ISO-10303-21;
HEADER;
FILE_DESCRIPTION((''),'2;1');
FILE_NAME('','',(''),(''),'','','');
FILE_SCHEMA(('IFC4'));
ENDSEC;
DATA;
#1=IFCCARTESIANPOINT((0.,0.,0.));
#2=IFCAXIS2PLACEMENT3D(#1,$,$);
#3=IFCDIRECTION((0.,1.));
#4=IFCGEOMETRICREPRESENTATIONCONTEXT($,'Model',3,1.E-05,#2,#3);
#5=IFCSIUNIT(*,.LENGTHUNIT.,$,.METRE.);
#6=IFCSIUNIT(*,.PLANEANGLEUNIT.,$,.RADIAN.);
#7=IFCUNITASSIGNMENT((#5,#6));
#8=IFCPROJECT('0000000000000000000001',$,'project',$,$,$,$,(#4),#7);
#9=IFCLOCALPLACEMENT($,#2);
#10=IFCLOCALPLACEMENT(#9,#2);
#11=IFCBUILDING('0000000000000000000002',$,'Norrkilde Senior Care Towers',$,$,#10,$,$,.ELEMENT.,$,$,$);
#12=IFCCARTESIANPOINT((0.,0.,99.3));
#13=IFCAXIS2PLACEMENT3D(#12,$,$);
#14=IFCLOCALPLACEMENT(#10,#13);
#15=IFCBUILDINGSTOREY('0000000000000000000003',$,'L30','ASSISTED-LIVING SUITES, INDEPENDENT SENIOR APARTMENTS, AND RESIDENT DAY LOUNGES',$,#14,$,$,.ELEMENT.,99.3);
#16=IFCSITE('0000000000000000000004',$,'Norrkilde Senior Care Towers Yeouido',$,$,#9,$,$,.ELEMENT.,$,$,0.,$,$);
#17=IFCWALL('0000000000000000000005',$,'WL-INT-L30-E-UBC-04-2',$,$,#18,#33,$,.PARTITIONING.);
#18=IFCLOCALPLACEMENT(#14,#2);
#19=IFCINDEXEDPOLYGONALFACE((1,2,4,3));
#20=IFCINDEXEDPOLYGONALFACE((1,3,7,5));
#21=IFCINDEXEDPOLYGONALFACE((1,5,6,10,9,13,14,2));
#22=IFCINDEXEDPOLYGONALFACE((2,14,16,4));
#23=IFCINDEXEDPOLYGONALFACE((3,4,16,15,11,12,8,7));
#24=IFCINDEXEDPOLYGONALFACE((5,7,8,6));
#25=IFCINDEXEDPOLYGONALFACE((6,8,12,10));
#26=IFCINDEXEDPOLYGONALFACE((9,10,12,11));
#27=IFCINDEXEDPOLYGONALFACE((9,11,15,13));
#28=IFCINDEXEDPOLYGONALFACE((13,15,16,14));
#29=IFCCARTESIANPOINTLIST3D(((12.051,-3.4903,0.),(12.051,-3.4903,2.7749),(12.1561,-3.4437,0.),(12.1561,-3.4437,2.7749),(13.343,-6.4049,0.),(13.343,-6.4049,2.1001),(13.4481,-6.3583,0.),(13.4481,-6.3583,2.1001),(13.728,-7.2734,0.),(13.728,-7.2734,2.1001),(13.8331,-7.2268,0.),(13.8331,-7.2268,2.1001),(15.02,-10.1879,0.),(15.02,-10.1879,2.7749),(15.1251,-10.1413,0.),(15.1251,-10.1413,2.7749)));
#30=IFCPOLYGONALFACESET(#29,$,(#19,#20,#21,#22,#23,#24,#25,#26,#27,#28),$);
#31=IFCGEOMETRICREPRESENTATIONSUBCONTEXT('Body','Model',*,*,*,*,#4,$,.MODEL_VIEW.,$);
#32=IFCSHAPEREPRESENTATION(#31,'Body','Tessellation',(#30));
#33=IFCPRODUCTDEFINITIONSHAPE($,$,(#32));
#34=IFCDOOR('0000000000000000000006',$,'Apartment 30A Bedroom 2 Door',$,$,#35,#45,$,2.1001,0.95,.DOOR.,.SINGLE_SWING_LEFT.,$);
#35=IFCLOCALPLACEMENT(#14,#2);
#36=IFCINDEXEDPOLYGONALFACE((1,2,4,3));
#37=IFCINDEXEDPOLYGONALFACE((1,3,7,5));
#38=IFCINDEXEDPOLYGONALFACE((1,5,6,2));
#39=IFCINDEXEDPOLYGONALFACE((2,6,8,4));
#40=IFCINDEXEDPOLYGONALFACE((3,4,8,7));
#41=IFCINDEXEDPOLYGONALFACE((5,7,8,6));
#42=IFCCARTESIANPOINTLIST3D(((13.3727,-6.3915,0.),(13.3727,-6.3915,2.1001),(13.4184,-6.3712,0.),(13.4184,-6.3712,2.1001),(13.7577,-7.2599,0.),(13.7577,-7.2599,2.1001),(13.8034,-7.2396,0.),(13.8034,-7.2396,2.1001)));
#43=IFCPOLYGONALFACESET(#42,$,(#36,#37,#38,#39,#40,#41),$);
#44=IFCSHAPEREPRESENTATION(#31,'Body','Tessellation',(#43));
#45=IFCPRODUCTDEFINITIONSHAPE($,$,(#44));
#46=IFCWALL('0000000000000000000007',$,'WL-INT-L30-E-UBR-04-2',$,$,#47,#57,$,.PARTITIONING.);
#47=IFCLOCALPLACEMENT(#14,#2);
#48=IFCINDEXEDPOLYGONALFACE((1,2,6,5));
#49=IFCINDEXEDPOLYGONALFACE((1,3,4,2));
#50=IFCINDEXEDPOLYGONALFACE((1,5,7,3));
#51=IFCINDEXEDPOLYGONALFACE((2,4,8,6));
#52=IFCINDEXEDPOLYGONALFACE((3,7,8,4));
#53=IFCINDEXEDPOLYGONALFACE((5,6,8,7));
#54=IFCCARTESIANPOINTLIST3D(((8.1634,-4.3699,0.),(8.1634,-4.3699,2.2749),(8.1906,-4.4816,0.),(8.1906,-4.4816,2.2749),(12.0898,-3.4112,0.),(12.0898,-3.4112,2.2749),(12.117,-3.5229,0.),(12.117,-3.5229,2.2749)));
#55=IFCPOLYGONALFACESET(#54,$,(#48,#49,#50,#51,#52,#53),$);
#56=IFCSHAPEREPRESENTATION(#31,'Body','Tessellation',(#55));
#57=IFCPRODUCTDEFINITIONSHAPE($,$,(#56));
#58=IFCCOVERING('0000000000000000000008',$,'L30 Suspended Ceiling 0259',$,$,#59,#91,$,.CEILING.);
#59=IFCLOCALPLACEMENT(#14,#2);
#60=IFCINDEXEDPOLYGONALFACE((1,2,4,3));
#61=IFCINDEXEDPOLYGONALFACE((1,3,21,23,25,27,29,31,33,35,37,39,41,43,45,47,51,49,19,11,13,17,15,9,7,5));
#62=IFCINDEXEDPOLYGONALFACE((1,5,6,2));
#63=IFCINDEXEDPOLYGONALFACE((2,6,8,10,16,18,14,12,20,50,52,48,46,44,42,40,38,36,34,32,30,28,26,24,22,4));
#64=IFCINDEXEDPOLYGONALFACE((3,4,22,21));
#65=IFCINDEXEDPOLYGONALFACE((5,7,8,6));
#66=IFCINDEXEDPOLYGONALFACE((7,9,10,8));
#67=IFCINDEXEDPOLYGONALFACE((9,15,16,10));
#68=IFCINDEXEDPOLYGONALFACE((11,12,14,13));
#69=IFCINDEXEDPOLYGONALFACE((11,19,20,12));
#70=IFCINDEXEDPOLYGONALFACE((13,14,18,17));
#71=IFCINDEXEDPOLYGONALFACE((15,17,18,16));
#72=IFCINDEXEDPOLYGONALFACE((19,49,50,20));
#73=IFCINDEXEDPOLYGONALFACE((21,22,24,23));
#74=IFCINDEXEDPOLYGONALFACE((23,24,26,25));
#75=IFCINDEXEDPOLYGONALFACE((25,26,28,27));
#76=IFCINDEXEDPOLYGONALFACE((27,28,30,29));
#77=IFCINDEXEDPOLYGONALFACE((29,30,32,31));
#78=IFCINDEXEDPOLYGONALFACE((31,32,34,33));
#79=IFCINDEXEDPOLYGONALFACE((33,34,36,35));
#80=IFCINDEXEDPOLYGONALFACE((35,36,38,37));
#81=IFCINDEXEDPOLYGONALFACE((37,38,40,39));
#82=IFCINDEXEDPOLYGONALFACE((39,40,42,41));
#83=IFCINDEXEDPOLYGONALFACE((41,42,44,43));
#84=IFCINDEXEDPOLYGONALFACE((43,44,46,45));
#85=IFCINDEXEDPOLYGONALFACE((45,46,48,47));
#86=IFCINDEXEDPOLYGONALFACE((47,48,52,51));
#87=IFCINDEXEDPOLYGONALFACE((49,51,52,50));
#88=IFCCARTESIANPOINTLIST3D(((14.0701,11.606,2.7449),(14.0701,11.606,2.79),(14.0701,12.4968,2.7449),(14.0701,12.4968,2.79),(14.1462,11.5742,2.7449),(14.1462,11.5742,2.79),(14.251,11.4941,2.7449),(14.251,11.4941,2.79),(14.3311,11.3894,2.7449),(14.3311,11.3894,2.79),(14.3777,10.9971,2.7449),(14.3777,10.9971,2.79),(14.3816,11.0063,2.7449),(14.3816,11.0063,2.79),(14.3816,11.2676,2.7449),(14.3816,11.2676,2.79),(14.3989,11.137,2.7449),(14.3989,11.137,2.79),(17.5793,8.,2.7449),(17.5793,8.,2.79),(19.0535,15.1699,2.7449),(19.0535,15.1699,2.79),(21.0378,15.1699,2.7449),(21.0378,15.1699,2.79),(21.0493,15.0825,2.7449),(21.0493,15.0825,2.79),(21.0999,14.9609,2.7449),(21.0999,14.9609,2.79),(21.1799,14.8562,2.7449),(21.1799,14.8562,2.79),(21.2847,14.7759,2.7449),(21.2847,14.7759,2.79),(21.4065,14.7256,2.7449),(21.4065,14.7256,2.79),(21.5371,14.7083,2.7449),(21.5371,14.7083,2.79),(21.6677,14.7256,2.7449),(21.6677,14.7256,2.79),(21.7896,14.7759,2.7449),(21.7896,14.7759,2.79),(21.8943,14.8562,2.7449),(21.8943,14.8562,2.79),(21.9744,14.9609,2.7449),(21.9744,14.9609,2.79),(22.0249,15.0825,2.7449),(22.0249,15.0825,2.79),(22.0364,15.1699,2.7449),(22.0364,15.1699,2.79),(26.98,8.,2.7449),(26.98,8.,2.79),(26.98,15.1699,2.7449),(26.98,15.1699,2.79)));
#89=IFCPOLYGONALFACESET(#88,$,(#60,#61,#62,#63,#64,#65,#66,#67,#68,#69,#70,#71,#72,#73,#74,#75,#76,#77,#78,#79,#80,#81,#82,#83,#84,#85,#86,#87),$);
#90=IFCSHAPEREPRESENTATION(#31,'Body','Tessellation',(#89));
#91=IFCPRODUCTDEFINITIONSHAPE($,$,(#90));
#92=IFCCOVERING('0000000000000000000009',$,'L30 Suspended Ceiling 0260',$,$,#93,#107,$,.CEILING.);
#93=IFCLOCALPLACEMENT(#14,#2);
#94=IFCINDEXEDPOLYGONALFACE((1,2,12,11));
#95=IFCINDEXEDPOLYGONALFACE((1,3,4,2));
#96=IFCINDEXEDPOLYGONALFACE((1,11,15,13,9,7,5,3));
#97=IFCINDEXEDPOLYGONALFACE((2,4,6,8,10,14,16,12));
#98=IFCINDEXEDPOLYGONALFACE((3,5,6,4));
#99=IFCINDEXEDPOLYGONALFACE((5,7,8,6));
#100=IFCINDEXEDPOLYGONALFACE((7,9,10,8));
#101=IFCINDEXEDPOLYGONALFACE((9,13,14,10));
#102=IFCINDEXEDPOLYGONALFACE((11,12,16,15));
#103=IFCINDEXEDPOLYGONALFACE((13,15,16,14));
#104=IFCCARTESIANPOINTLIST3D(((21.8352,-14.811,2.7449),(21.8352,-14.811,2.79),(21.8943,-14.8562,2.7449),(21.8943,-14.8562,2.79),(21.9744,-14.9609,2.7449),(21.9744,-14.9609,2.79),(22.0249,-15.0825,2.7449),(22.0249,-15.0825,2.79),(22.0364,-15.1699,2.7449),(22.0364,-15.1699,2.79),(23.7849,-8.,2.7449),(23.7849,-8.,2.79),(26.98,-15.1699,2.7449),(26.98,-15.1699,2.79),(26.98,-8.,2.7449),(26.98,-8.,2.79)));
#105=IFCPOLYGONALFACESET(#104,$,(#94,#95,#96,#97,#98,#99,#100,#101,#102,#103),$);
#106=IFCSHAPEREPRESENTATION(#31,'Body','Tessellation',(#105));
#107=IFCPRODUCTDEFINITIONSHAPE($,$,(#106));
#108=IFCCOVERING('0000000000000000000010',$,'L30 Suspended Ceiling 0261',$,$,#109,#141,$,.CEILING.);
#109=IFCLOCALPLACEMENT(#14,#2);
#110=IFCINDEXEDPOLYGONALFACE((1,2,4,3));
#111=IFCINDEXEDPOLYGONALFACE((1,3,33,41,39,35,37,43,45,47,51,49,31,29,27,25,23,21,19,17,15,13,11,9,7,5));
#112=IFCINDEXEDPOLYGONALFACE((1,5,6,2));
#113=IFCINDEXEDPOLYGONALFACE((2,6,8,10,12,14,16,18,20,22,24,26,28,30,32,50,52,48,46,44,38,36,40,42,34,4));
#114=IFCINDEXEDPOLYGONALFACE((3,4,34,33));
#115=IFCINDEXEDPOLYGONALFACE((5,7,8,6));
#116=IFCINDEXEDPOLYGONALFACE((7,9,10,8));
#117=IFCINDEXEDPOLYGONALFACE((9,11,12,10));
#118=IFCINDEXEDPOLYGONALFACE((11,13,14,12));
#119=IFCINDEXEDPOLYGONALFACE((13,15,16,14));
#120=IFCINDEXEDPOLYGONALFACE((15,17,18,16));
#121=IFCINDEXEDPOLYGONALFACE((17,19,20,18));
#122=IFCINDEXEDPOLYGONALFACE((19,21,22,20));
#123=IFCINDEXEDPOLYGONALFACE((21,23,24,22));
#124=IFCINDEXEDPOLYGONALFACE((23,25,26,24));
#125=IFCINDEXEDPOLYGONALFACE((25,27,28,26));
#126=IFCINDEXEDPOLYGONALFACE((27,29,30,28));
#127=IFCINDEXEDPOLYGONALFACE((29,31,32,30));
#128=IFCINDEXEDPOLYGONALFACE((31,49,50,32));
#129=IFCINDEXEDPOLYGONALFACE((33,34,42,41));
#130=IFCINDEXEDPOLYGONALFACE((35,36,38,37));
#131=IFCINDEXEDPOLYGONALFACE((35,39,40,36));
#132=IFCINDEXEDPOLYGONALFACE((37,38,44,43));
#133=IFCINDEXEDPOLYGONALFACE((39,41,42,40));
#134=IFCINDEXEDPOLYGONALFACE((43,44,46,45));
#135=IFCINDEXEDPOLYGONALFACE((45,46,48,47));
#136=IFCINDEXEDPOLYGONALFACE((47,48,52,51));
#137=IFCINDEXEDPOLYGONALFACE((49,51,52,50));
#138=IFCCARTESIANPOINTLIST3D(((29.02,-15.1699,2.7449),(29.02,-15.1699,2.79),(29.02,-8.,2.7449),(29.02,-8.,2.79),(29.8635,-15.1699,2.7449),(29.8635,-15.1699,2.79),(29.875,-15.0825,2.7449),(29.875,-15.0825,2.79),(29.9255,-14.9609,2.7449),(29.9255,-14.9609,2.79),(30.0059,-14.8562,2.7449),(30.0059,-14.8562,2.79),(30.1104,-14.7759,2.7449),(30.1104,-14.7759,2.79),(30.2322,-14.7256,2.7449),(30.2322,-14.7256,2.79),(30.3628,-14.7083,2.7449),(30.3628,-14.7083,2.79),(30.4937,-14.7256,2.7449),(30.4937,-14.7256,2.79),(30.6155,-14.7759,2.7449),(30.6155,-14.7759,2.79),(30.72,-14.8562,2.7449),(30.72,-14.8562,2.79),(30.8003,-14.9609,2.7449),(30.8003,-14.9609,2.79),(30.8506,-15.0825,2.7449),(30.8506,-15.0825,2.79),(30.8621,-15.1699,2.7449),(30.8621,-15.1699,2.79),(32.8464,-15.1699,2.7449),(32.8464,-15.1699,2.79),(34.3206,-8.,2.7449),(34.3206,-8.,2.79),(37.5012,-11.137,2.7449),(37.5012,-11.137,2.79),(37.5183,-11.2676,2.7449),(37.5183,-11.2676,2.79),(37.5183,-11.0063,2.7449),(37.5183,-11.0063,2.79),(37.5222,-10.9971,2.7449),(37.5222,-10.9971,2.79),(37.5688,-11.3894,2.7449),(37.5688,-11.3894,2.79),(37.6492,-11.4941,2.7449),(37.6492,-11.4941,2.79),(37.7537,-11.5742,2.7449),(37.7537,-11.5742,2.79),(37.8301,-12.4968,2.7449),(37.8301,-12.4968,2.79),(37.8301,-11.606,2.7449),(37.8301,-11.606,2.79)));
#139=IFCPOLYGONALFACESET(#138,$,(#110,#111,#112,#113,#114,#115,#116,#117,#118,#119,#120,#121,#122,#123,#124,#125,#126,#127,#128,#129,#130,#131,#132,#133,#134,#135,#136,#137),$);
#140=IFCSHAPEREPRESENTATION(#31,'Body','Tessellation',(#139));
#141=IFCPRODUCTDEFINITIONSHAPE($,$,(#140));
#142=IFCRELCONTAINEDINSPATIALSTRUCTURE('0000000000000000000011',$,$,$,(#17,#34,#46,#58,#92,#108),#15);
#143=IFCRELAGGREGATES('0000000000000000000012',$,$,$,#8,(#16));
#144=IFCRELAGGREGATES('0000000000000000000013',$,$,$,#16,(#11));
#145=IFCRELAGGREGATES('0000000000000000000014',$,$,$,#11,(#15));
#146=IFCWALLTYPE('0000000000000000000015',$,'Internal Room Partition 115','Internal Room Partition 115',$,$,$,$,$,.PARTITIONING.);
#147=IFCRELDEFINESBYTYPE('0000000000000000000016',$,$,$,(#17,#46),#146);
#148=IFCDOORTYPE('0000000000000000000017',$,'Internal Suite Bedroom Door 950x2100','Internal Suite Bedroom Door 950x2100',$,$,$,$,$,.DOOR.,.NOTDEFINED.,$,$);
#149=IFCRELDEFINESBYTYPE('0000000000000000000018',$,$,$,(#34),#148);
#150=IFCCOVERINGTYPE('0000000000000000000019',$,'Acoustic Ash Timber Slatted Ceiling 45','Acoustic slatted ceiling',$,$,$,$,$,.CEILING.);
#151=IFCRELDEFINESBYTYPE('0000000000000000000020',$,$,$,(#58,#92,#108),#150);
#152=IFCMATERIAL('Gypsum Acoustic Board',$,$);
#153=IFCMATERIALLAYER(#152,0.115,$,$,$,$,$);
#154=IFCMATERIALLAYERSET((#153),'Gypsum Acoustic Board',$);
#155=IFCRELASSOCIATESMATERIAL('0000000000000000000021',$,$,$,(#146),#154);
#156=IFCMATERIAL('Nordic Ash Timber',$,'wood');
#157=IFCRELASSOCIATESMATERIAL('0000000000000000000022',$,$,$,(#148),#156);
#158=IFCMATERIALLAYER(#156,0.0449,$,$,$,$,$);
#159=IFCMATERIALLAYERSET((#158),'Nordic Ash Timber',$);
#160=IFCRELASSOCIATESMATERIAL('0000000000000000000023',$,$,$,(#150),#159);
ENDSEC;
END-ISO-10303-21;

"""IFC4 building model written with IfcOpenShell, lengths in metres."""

from ifc_helpers import new_model, si_unit, direction, frame, frame_2d, origin, place, context, subcontext, project, spatial, polyline, rectangle, outline, extrude, source, transform, mapped, material, layer, layer_set, type_object, type_shapes, element, fill, save


model = new_model("IFC4")

# Units and contexts
model_context = context("Model", 3, precision=1e-05, world=origin(), true_north=direction((0.0, 1.0)))
body_context = subcontext(model_context, "Body", "Model", "MODEL_VIEW")
ifc_project = project(units=[si_unit("LENGTHUNIT", "METRE"), si_unit("PLANEANGLEUNIT", "RADIAN")], contexts=[model_context])

# Site, building, storey
site_placement = place(None, origin())
site = spatial("IfcSite", under=ifc_project, at=site_placement, Name="Norrkilde Senior Care Towers Yeouido", CompositionType="ELEMENT", RefElevation=0.0)
building_placement = place(site_placement, origin())
building = spatial("IfcBuilding", under=site, at=building_placement, Name="Norrkilde Senior Care Towers", CompositionType="ELEMENT")
storey_placement = place(building_placement, frame((0.0, 0.0, 99.3)))
storey = spatial("IfcBuildingStorey", under=building, at=storey_placement, Name="L30", Description="ASSISTED-LIVING SUITES, INDEPENDENT SENIOR APARTMENTS, AND RESIDENT DAY LOUNGES", CompositionType="ELEMENT", Elevation=99.3)

# Wall, opening, door
ifc_material_1 = material(Name="Gypsum Acoustic Board")
ifc_layer_1 = layer(ifc_material_1, 0.115)
ifc_layer_set_1 = layer_set([ifc_layer_1], Name="Gypsum Acoustic Board")
wall_type = type_object("IfcWallType", Name="Internal Room Partition 115", Description="Internal Room Partition 115", PredefinedType="PARTITIONING", material=ifc_layer_set_1)
shared_shape_1 = source(origin(), body_context, "Body", "SweptSolid", [
    extrude(rectangle(XDim=7.3262, YDim=0.115, at=frame_2d((3.6631, 0.0))), origin(), (0.0, 0.0, 1.0), 2.7749),
])
wall_1_placement = place(storey_placement, frame((12.1035, -3.467, 0.0), z_axis=(0.0, 0.0, 1.0), x_axis=(0.405263, -0.9142, 0.0)))
wall_1 = element("IfcWall", 1, at=wall_1_placement, inside=storey, type_object=wall_type, Name="WL-INT-L30-E-UBC-04-2", PredefinedType="PARTITIONING", context=body_context, shape_type="MappedRepresentation", body=[
    mapped(shared_shape_1, transform((0.0, 0.0, 0.0), x_axis=(1.0, 0.0, 0.0), y_axis=(0.0, 1.0, 0.0), z_axis=(0.0, 0.0, 1.0), scale=1.0)),
])
opening_placement = place(wall_1_placement, frame((3.188, 0.0, 0.0)))
opening = element("IfcOpeningElement", 2, at=opening_placement, cuts=wall_1, PredefinedType="OPENING", context=body_context, shape_type="SweptSolid", body=[
    extrude(rectangle(XDim=0.95, YDim=2.1001, at=frame_2d((0.4751, 1.05))), frame((0.0, 0.0674, 0.0), z_axis=(0.0, -1.0, 0.0), x_axis=(1.0, 0.0, 0.0)), (0.0, 0.0, 1.0), 0.135),
])
ifc_material_2 = material(Name="Nordic Ash Timber", Category="wood")
door_type = type_object("IfcDoorType", Name="Internal Suite Bedroom Door 950x2100", Description="Internal Suite Bedroom Door 950x2100", OperationType="NOTDEFINED", PredefinedType="DOOR", material=ifc_material_2)
shared_shape_2 = source(origin(), body_context, "Body", "SweptSolid", [
    extrude(rectangle(XDim=0.95, YDim=2.1001, at=frame_2d((0.4751, 1.05))), frame((0.0, 0.0249, 0.0), z_axis=(0.0, -1.0, 0.0), x_axis=(1.0, 0.0, 0.0)), (0.0, 0.0, 1.0), 0.05),
])
type_shapes(door_type, [shared_shape_2])
door_placement = place(opening_placement, frame((0.95, 0.0, 0.0), z_axis=(0.0, 0.0, 1.0), x_axis=(-1.0, 0.0, 0.0)))
door = element("IfcDoor", 3, at=door_placement, inside=storey, type_object=door_type, Name="Apartment 30A Bedroom 2 Door", OperationType="SINGLE_SWING_LEFT", OverallHeight=2.1001, OverallWidth=0.95, PredefinedType="DOOR", context=body_context, shape_type="MappedRepresentation", body=[
    mapped(shared_shape_2, transform((0.0, 0.0, 0.0), x_axis=(1.0, 0.0, 0.0), y_axis=(0.0, 1.0, 0.0), z_axis=(0.0, 0.0, 1.0), scale=1.0)),
])
fill(opening, door)

# Wall
shared_shape_3 = source(origin(), body_context, "Body", "SweptSolid", [
    extrude(rectangle(XDim=4.0417, YDim=0.115, at=frame_2d((2.021, 0.0))), origin(), (0.0, 0.0, 1.0), 2.2749),
])
type_shapes(wall_type, [shared_shape_1, shared_shape_3])
wall_2_placement = place(storey_placement, frame((12.1035, -3.467, 0.0), z_axis=(0.0, 0.0, 1.0), x_axis=(-0.97146, -0.237202, 0.0)))
element("IfcWall", 4, at=wall_2_placement, inside=storey, type_object=wall_type, Name="WL-INT-L30-E-UBR-04-2", PredefinedType="PARTITIONING", context=body_context, shape_type="MappedRepresentation", body=[
    mapped(shared_shape_3, transform((0.0, 0.0, 0.0), x_axis=(1.0, 0.0, 0.0), y_axis=(0.0, 1.0, 0.0), z_axis=(0.0, 0.0, 1.0), scale=1.0)),
])

# Coverings
ifc_layer_2 = layer(ifc_material_2, 0.0449)
ifc_layer_set_2 = layer_set([ifc_layer_2], Name="Nordic Ash Timber")
covering_type_1 = type_object("IfcCoveringType", Name="Acoustic Ash Timber Slatted Ceiling 45", Description="Acoustic slatted ceiling", PredefinedType="CEILING", material=ifc_layer_set_2)
covering_1_placement = place(storey_placement, frame((0.0, 0.0, 2.7449)))
element("IfcCovering", 5, at=covering_1_placement, inside=storey, type_object=covering_type_1, Name="L30 Suspended Ceiling 0259", PredefinedType="CEILING", context=body_context, shape_type="SweptSolid", body=[
    extrude(outline(polyline([(21.0493, 15.0825), (21.0999, 14.9609), (21.1799, 14.8562), (21.2847, 14.7759), (21.4065, 14.7256), (21.5371, 14.7083), (21.6677, 14.7256), (21.7896, 14.7759), (21.8943, 14.8562), (21.9744, 14.9609), (22.0249, 15.0825), (22.0364, 15.1699), (26.98, 15.1699), (26.98, 8.0), (17.5793, 8.0), (14.3777, 10.9971), (14.3816, 11.0063), (14.3989, 11.137), (14.3816, 11.2676), (14.3311, 11.3894), (14.251, 11.4941), (14.1462, 11.5742), (14.0701, 11.606), (14.0701, 12.4968), (19.0535, 15.1699), (21.0378, 15.1699), (21.0493, 15.0825)])), origin(), (0.0, 0.0, 1.0), 0.0452),
])
covering_2_placement = place(storey_placement, frame((0.0, 0.0, 2.7449)))
element("IfcCovering", 6, at=covering_2_placement, inside=storey, type_object=covering_type_1, Name="L30 Suspended Ceiling 0260", PredefinedType="CEILING", context=body_context, shape_type="SweptSolid", body=[
    extrude(outline(polyline([(23.7849, -8.0), (26.98, -8.0), (26.98, -15.1699), (22.0364, -15.1699), (22.0249, -15.0825), (21.9744, -14.9609), (21.8943, -14.8562), (21.8352, -14.811), (23.7849, -8.0)])), origin(), (0.0, 0.0, 1.0), 0.0452),
])
covering_3_placement = place(storey_placement, frame((0.0, 0.0, 2.7449)))
element("IfcCovering", 7, at=covering_3_placement, inside=storey, type_object=covering_type_1, Name="L30 Suspended Ceiling 0261", PredefinedType="CEILING", context=body_context, shape_type="SweptSolid", body=[
    extrude(outline(polyline([(32.8464, -15.1699), (30.8621, -15.1699), (30.8506, -15.0825), (30.8003, -14.9609), (30.72, -14.8562), (30.6155, -14.7759), (30.4937, -14.7256), (30.3628, -14.7083), (30.2322, -14.7256), (30.1104, -14.7759), (30.0059, -14.8562), (29.9255, -14.9609), (29.875, -15.0825), (29.8635, -15.1699), (29.02, -15.1699), (29.02, -8.0), (34.3206, -8.0), (37.5222, -10.9971), (37.5183, -11.0063), (37.5012, -11.137), (37.5183, -11.2676), (37.5688, -11.3894), (37.6492, -11.4941), (37.7537, -11.5742), (37.8301, -11.606), (37.8301, -12.4968), (32.8464, -15.1699)])), origin(), (0.0, 0.0, 1.0), 0.0452),
])

save(model, "model.ifc")
